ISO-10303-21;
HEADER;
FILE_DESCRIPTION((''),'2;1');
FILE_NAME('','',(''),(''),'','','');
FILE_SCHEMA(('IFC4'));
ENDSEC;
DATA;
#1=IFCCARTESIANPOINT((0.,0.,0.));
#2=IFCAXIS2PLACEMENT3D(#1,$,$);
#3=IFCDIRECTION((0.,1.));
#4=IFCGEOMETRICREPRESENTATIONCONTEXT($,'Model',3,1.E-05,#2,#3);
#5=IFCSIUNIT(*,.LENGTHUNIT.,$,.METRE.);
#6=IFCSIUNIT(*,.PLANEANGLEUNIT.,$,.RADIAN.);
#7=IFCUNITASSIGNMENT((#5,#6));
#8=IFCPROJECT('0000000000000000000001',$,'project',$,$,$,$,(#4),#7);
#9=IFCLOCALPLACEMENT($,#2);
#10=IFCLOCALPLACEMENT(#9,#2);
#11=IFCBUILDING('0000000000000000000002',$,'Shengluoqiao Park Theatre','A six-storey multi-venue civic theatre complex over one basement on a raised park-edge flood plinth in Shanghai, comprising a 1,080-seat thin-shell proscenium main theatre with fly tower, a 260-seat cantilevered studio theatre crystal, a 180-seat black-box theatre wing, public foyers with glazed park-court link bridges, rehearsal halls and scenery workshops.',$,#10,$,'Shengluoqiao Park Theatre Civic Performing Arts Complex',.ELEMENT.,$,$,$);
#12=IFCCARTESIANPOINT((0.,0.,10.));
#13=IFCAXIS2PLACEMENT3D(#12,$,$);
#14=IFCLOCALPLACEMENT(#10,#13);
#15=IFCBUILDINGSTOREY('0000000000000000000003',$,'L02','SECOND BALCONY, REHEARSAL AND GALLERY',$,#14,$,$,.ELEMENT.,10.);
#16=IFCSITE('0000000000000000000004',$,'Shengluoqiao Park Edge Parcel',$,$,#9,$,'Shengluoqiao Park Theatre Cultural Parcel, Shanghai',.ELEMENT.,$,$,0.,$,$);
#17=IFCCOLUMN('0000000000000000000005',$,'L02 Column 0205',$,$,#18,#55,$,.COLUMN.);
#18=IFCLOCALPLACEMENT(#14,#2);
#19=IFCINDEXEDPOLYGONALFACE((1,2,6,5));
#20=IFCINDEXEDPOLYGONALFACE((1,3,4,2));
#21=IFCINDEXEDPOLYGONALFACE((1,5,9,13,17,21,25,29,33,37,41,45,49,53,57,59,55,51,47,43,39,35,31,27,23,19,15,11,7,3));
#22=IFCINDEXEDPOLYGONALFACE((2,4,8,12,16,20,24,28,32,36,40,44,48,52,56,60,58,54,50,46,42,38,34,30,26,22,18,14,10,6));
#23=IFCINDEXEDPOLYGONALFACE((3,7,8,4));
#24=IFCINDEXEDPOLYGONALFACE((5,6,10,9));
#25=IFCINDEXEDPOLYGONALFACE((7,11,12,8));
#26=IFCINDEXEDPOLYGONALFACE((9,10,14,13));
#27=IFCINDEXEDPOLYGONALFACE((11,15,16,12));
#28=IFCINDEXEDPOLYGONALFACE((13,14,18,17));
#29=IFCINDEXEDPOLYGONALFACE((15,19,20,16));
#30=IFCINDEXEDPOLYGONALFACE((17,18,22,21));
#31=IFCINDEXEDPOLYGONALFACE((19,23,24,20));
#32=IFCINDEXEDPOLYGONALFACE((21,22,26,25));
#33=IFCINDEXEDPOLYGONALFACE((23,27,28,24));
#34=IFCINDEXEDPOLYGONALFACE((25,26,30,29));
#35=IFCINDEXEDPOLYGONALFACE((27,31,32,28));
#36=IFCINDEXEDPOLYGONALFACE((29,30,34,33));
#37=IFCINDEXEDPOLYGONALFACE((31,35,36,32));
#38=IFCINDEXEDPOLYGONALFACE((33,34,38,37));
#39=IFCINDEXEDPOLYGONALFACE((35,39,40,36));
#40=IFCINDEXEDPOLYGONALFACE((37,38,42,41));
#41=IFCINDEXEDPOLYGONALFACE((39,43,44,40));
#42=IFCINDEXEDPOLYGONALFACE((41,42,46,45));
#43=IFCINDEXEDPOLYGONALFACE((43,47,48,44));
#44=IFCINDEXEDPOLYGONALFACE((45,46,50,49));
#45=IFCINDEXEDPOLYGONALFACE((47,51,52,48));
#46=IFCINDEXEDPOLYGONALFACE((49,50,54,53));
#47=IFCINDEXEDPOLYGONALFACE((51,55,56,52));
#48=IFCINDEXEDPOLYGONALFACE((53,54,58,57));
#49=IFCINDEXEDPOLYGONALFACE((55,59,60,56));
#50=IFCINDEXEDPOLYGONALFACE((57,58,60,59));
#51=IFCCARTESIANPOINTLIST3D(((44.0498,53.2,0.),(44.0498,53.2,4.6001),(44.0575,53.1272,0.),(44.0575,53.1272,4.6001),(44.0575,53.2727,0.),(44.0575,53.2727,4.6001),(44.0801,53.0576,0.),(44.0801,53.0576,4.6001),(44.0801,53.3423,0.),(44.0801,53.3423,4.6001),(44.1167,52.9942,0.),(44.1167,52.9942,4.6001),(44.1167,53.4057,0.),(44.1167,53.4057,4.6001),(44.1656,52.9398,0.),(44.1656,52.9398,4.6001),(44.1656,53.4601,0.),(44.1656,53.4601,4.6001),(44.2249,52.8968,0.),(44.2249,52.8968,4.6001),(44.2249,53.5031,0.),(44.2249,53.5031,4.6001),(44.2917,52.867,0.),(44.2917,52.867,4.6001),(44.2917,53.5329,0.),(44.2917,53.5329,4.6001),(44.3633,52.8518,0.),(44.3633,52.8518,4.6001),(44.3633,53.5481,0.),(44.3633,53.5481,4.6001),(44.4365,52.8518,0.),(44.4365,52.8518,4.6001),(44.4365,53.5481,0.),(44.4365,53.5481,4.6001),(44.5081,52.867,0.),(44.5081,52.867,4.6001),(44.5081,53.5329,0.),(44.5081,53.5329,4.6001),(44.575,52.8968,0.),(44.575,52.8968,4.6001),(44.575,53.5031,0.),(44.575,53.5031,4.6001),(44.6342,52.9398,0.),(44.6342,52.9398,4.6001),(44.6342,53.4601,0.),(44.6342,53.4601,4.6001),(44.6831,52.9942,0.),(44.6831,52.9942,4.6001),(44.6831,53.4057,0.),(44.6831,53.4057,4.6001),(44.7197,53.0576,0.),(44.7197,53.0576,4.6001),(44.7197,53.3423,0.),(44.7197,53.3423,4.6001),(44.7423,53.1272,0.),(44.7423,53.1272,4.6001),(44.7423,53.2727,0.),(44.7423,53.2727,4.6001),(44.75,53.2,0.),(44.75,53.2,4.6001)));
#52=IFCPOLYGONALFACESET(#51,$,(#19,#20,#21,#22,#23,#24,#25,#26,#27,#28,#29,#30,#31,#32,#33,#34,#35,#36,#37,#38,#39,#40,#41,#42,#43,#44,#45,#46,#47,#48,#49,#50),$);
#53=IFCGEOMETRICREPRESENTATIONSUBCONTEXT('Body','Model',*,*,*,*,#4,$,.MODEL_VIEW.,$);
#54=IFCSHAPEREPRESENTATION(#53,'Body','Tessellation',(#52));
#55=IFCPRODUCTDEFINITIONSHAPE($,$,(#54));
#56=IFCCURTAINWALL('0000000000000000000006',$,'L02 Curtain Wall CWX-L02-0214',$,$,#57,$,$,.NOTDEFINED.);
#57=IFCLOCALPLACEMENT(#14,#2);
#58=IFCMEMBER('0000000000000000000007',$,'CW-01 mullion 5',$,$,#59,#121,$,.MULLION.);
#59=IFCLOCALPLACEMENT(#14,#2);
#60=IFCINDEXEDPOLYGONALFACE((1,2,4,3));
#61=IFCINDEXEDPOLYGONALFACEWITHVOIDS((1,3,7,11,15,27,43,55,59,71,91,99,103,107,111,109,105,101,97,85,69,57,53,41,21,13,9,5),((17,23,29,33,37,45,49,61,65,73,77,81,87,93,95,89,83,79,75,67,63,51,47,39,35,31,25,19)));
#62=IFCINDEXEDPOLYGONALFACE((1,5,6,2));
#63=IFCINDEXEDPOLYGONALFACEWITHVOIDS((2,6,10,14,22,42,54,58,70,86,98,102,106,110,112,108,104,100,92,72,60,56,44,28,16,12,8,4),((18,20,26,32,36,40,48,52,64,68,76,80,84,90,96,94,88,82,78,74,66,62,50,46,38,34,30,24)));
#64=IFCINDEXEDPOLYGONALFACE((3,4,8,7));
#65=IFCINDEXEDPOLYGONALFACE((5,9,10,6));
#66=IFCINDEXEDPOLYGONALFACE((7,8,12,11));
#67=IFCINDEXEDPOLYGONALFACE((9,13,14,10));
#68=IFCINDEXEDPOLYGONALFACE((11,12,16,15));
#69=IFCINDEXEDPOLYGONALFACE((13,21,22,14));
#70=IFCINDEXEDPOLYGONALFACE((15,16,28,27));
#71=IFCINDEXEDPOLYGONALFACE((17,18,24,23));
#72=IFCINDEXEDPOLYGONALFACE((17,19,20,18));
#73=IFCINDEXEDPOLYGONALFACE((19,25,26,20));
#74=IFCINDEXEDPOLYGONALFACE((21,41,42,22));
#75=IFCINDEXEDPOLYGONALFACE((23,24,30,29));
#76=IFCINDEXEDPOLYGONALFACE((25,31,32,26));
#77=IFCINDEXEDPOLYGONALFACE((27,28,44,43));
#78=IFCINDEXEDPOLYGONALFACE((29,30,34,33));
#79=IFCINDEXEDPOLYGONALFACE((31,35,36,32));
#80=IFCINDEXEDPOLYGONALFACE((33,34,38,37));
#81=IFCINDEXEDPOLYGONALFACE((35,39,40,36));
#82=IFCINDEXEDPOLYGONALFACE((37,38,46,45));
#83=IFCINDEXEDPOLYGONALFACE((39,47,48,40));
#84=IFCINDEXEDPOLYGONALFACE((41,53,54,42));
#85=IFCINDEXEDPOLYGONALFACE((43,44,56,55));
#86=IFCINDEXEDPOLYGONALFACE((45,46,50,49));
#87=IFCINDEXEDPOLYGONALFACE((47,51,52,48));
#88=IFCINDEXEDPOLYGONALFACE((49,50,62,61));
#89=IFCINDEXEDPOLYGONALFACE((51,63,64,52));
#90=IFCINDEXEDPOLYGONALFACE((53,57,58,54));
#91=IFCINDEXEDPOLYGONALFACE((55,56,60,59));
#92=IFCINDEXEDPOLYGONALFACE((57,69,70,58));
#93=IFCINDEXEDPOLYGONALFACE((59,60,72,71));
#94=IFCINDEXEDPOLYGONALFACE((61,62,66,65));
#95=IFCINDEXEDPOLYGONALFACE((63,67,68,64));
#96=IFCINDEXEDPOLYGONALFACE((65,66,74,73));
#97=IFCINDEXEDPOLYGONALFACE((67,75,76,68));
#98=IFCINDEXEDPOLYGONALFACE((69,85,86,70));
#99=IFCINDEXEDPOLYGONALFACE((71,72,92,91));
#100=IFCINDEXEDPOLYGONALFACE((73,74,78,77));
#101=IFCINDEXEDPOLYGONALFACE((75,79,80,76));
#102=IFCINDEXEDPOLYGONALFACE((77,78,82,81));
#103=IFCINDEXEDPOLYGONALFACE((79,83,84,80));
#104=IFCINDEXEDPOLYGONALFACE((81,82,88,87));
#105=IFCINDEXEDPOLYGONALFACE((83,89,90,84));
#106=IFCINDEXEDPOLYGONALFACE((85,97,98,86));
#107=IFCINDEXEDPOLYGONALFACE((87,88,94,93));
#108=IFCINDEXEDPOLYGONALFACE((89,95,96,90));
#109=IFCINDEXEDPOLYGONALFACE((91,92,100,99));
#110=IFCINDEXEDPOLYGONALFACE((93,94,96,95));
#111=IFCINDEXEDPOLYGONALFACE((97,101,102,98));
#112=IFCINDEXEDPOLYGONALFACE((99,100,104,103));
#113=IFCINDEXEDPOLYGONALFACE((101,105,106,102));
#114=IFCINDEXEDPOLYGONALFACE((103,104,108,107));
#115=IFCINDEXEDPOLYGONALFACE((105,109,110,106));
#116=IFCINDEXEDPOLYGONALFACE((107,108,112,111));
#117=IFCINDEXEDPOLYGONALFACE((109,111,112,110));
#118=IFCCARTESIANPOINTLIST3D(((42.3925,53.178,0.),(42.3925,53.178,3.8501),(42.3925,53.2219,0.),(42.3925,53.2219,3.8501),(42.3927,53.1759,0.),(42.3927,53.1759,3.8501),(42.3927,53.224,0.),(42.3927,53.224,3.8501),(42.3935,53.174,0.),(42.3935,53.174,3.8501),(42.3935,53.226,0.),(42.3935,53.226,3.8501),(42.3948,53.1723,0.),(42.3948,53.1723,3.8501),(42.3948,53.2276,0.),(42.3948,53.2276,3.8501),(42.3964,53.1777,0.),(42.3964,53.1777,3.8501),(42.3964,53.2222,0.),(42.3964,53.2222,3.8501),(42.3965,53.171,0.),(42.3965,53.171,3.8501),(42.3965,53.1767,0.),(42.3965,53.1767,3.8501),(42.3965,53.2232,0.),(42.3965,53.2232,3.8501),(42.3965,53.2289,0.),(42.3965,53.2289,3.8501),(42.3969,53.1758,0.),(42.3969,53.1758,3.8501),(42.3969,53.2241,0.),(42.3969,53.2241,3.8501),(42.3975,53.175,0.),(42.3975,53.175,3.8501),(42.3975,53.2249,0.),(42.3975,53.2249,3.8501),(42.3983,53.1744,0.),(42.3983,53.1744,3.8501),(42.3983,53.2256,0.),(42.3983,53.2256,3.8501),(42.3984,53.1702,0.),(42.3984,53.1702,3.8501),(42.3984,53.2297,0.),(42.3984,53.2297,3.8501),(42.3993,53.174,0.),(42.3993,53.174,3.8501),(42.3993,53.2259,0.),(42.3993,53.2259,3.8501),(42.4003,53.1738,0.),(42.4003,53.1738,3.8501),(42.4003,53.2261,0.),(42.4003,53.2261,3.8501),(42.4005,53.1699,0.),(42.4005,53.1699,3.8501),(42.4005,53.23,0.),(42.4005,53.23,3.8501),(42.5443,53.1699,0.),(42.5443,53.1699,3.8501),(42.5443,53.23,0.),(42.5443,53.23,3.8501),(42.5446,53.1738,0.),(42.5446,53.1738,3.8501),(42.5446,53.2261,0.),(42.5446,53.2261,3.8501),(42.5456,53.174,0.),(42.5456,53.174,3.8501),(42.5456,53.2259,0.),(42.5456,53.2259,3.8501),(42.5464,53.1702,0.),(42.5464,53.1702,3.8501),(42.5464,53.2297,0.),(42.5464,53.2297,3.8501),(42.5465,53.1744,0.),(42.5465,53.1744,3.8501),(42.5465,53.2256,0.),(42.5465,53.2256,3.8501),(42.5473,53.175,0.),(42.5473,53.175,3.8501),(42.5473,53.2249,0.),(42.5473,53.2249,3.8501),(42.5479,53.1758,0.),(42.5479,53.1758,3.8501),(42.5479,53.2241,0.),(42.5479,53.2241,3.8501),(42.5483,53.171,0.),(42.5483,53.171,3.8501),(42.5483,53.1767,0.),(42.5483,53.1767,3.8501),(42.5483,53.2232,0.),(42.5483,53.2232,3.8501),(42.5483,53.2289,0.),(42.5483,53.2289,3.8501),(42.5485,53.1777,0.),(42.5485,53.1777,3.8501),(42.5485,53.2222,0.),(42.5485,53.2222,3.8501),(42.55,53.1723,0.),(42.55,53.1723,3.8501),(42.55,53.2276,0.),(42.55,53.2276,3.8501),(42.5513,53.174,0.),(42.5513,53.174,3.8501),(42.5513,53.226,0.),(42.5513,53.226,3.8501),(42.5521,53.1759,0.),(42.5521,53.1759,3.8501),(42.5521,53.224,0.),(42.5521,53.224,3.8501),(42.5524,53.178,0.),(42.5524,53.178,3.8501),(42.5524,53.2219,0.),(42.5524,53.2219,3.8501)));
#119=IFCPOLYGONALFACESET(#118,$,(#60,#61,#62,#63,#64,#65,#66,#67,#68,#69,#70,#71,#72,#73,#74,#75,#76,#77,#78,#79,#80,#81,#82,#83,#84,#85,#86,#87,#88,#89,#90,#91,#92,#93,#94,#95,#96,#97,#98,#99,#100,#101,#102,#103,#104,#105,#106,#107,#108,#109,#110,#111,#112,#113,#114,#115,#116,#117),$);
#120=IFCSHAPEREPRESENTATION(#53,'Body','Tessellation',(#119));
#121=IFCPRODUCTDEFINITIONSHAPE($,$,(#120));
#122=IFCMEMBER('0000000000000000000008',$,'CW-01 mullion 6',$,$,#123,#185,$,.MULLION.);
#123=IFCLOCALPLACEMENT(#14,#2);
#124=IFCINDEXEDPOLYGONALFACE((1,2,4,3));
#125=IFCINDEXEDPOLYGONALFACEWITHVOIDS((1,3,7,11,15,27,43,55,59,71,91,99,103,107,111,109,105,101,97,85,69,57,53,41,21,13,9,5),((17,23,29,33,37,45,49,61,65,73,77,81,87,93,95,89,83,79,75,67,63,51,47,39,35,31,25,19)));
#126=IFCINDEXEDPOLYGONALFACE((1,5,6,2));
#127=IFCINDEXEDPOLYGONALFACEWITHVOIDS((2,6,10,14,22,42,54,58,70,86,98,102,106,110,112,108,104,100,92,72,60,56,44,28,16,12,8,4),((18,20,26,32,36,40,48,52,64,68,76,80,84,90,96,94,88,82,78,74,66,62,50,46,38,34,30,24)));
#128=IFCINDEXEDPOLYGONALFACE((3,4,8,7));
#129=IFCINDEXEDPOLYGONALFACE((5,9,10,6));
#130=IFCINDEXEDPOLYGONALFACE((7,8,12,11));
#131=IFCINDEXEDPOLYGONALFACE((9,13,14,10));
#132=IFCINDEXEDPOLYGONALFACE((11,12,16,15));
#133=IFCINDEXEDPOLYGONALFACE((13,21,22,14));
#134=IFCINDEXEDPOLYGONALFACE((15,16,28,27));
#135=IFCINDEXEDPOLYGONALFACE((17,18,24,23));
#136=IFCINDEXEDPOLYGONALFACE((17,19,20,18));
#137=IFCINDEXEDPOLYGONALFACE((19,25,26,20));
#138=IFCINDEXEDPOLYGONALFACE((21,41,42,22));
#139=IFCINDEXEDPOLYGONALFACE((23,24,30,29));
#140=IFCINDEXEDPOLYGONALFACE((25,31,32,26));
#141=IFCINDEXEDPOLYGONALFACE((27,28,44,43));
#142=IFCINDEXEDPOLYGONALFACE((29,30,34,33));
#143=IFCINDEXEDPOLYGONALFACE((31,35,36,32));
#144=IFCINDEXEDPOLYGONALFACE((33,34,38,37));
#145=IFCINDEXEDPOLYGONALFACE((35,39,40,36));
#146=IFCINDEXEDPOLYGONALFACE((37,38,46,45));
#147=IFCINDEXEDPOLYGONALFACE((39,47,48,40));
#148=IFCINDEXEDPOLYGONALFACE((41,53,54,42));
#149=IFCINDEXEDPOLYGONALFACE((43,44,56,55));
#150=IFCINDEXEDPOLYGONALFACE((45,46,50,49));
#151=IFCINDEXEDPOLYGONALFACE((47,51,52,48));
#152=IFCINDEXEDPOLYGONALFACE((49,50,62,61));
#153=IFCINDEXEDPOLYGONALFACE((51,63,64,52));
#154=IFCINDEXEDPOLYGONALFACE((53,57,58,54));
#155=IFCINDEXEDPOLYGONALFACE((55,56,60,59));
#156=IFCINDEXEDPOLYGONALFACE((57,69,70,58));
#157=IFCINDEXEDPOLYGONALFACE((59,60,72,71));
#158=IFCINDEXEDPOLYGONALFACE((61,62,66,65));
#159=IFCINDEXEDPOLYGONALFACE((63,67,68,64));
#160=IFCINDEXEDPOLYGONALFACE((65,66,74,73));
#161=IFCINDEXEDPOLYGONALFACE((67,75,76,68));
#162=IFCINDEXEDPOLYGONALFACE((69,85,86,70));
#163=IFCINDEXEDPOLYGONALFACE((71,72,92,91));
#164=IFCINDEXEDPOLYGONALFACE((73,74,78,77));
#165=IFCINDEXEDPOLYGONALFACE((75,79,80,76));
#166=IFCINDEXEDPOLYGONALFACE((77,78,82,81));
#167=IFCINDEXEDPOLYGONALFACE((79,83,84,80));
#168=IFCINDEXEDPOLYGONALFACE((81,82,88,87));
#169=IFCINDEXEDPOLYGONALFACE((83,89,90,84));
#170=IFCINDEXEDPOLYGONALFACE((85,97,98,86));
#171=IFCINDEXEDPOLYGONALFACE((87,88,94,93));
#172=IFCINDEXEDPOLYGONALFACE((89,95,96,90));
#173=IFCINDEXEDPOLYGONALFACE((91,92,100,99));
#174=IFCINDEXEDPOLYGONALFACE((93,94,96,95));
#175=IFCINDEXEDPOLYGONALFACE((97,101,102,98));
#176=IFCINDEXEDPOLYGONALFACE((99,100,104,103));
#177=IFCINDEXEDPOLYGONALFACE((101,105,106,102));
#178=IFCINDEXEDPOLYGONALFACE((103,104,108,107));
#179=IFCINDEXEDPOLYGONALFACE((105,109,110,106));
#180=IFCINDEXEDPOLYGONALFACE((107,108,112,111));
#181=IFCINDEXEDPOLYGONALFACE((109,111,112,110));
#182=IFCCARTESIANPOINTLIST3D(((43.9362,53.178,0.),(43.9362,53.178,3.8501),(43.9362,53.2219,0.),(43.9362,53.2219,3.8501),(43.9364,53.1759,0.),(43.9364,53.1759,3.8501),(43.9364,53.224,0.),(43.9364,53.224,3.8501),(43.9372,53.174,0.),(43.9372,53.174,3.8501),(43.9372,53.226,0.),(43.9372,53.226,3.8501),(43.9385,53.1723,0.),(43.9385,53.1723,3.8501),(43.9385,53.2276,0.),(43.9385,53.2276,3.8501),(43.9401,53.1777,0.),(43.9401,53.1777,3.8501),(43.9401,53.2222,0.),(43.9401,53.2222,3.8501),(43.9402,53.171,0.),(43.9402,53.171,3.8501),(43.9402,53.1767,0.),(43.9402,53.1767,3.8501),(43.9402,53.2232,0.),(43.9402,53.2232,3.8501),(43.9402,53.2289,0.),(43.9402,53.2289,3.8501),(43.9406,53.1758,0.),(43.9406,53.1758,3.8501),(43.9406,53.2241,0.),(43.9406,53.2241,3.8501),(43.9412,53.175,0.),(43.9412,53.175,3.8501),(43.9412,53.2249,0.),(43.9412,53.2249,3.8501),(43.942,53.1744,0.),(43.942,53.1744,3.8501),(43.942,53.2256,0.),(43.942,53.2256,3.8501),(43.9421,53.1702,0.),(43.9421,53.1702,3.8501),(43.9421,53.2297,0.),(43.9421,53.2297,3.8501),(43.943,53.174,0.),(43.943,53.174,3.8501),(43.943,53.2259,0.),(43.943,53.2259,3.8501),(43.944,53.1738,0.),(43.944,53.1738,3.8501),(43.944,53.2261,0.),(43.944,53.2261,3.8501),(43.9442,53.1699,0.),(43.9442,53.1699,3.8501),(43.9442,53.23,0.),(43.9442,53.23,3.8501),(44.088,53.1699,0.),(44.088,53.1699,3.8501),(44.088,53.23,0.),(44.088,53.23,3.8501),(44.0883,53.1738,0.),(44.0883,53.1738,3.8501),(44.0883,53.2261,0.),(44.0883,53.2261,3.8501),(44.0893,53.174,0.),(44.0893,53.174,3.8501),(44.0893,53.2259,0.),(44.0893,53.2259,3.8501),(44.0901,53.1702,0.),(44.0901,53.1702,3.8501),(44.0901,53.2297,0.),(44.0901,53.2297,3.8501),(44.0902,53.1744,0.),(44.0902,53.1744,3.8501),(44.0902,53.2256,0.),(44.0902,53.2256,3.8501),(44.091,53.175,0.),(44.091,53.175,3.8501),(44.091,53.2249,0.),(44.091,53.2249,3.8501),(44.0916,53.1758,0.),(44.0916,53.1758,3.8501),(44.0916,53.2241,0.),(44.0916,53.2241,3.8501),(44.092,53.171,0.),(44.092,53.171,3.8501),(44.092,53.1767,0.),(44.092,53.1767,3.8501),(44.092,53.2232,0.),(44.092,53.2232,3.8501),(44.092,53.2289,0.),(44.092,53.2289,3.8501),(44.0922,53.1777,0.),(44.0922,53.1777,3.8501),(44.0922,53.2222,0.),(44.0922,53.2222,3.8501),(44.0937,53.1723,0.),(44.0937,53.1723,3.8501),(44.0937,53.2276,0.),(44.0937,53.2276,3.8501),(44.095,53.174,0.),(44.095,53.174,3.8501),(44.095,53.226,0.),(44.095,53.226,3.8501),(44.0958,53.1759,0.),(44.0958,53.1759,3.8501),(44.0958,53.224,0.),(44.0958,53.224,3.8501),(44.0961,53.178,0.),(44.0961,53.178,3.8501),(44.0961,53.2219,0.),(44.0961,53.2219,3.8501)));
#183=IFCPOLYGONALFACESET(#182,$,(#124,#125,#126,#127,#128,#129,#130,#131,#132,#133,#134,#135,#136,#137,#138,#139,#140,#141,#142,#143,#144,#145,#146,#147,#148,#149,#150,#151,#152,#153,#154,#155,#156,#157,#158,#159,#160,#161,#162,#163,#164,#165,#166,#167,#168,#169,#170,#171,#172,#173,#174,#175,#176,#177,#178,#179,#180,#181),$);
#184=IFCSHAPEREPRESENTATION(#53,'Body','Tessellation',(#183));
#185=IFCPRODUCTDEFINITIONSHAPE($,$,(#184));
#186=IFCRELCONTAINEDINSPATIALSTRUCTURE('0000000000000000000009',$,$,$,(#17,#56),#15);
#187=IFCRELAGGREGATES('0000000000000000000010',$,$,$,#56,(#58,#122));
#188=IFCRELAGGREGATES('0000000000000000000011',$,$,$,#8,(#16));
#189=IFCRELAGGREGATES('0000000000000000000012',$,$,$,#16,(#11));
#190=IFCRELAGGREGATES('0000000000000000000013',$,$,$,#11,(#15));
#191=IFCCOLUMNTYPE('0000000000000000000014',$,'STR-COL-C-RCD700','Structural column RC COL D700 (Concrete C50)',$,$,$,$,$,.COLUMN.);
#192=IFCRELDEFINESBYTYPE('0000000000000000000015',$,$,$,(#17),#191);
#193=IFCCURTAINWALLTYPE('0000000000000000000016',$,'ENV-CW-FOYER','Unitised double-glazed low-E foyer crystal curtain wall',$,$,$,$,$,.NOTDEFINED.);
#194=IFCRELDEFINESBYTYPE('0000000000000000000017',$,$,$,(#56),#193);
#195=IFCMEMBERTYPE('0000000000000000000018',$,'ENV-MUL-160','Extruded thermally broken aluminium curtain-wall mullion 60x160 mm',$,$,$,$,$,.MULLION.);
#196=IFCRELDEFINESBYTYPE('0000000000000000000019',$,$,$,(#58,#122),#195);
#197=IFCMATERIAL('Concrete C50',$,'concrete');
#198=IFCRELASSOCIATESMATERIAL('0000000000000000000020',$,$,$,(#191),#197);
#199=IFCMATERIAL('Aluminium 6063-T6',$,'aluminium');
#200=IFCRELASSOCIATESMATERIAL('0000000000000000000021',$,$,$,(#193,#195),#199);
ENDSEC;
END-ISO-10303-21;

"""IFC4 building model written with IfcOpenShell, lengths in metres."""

from ifc_helpers import new_model, si_unit, direction, frame, origin, origin_2d, place, context, subcontext, project, spatial, hollow_rectangle, circle, extrude, material, material_profile, profile_set, type_object, element, aggregate, save


model = new_model("IFC4")

# Units and contexts
model_context = context("Model", 3, precision=1e-05, world=origin(), true_north=direction((0.0, 1.0)))
body_context = subcontext(model_context, "Body", "Model", "MODEL_VIEW")
ifc_project = project(units=[si_unit("LENGTHUNIT", "METRE"), si_unit("PLANEANGLEUNIT", "RADIAN")], contexts=[model_context])

# Site, building, storey
site_placement = place(None, origin())
site = spatial("IfcSite", under=ifc_project, at=site_placement, Name="Shengluoqiao Park Edge Parcel", LongName="Shengluoqiao Park Theatre Cultural Parcel, Shanghai", CompositionType="ELEMENT", RefElevation=0.0)
building_placement = place(site_placement, origin())
building = spatial("IfcBuilding", under=site, at=building_placement, Name="Shengluoqiao Park Theatre", Description="A six-storey multi-venue civic theatre complex over one basement on a raised park-edge flood plinth in Shanghai, comprising a 1,080-seat thin-shell proscenium main theatre with fly tower, a 260-seat cantilevered studio theatre crystal, a 180-seat black-box theatre wing, public foyers with glazed park-court link bridges, rehearsal halls and scenery workshops.", LongName="Shengluoqiao Park Theatre Civic Performing Arts Complex", CompositionType="ELEMENT")
storey_placement = place(building_placement, frame((0.0, 0.0, 10.0)))
storey = spatial("IfcBuildingStorey", under=building, at=storey_placement, Name="L02", Description="SECOND BALCONY, REHEARSAL AND GALLERY", CompositionType="ELEMENT", Elevation=10.0)

# Column
ifc_material_1 = material(Name="Concrete C50", Category="concrete")
ifc_material_profile_1 = material_profile(ifc_material_1, circle(Radius=0.3501, at=origin_2d()), Name="RC COL D700")
ifc_profile_set_1 = profile_set([ifc_material_profile_1], Name="Concrete C50")
column_type = type_object("IfcColumnType", Name="STR-COL-C-RCD700", Description="Structural column RC COL D700 (Concrete C50)", PredefinedType="COLUMN", material=ifc_profile_set_1)
column_placement = place(storey_placement, frame((44.3999, 53.2, 0.0), z_axis=(0.0, 0.0, 1.0), x_axis=(1.0, 0.0, 0.0)))
element("IfcColumn", 1, at=column_placement, inside=storey, type_object=column_type, Name="L02 Column 0205", PredefinedType="COLUMN", context=body_context, shape_type="SweptSolid", body=[
    extrude(circle(Radius=0.3501, at=origin_2d()), origin(), (0.0, 0.0, 1.0), 4.6001),
])

# Curtain wall, members
ifc_material_2 = material(Name="Aluminium 6063-T6", Category="aluminium")
curtain_wall_type_1 = type_object("IfcCurtainWallType", Name="ENV-CW-FOYER", Description="Unitised double-glazed low-E foyer crystal curtain wall", PredefinedType="NOTDEFINED", material=ifc_material_2)
curtain_wall_1_placement = place(storey_placement, origin())
curtain_wall_1 = element("IfcCurtainWall", 2, at=curtain_wall_1_placement, inside=storey, type_object=curtain_wall_type_1, Name="L02 Curtain Wall CWX-L02-0214", PredefinedType="NOTDEFINED")
ifc_material_profile_2 = material_profile(ifc_material_2, hollow_rectangle(XDim=0.0601, YDim=0.1599, WallThickness=0.0039, InnerFilletRadius=0.0039, OuterFilletRadius=0.0081, at=origin_2d()), Name="ALU MULLION 160x60x4")
ifc_profile_set_2 = profile_set([ifc_material_profile_2], Name="Aluminium 6063-T6")
member_type_1 = type_object("IfcMemberType", Name="ENV-MUL-160", Description="Extruded thermally broken aluminium curtain-wall mullion 60x160 mm", PredefinedType="MULLION", material=ifc_profile_set_2)
member_1_placement = place(storey_placement, frame((42.4724, 53.2, 0.0), z_axis=(0.0, 0.0, 1.0), x_axis=(0.0, 1.0, 0.0)))
member_1 = element("IfcMember", 3, at=member_1_placement, type_object=member_type_1, Name="CW-01 mullion 5", PredefinedType="MULLION", context=body_context, shape_type="SweptSolid", body=[
    extrude(hollow_rectangle(XDim=0.0601, YDim=0.1599, WallThickness=0.0039, InnerFilletRadius=0.0039, OuterFilletRadius=0.0081, at=origin_2d()), origin(), (0.0, 0.0, 1.0), 3.8501),
])
member_2_placement = place(storey_placement, frame((44.0161, 53.2, 0.0), z_axis=(0.0, 0.0, 1.0), x_axis=(0.0, 1.0, 0.0)))
member_2 = element("IfcMember", 4, at=member_2_placement, type_object=member_type_1, Name="CW-01 mullion 6", PredefinedType="MULLION", context=body_context, shape_type="SweptSolid", body=[
    extrude(hollow_rectangle(XDim=0.0601, YDim=0.1599, WallThickness=0.0039, InnerFilletRadius=0.0039, OuterFilletRadius=0.0081, at=origin_2d()), origin(), (0.0, 0.0, 1.0), 3.8501),
])

aggregate(curtain_wall_1, [member_1, member_2])

save(model, "model.ifc")
